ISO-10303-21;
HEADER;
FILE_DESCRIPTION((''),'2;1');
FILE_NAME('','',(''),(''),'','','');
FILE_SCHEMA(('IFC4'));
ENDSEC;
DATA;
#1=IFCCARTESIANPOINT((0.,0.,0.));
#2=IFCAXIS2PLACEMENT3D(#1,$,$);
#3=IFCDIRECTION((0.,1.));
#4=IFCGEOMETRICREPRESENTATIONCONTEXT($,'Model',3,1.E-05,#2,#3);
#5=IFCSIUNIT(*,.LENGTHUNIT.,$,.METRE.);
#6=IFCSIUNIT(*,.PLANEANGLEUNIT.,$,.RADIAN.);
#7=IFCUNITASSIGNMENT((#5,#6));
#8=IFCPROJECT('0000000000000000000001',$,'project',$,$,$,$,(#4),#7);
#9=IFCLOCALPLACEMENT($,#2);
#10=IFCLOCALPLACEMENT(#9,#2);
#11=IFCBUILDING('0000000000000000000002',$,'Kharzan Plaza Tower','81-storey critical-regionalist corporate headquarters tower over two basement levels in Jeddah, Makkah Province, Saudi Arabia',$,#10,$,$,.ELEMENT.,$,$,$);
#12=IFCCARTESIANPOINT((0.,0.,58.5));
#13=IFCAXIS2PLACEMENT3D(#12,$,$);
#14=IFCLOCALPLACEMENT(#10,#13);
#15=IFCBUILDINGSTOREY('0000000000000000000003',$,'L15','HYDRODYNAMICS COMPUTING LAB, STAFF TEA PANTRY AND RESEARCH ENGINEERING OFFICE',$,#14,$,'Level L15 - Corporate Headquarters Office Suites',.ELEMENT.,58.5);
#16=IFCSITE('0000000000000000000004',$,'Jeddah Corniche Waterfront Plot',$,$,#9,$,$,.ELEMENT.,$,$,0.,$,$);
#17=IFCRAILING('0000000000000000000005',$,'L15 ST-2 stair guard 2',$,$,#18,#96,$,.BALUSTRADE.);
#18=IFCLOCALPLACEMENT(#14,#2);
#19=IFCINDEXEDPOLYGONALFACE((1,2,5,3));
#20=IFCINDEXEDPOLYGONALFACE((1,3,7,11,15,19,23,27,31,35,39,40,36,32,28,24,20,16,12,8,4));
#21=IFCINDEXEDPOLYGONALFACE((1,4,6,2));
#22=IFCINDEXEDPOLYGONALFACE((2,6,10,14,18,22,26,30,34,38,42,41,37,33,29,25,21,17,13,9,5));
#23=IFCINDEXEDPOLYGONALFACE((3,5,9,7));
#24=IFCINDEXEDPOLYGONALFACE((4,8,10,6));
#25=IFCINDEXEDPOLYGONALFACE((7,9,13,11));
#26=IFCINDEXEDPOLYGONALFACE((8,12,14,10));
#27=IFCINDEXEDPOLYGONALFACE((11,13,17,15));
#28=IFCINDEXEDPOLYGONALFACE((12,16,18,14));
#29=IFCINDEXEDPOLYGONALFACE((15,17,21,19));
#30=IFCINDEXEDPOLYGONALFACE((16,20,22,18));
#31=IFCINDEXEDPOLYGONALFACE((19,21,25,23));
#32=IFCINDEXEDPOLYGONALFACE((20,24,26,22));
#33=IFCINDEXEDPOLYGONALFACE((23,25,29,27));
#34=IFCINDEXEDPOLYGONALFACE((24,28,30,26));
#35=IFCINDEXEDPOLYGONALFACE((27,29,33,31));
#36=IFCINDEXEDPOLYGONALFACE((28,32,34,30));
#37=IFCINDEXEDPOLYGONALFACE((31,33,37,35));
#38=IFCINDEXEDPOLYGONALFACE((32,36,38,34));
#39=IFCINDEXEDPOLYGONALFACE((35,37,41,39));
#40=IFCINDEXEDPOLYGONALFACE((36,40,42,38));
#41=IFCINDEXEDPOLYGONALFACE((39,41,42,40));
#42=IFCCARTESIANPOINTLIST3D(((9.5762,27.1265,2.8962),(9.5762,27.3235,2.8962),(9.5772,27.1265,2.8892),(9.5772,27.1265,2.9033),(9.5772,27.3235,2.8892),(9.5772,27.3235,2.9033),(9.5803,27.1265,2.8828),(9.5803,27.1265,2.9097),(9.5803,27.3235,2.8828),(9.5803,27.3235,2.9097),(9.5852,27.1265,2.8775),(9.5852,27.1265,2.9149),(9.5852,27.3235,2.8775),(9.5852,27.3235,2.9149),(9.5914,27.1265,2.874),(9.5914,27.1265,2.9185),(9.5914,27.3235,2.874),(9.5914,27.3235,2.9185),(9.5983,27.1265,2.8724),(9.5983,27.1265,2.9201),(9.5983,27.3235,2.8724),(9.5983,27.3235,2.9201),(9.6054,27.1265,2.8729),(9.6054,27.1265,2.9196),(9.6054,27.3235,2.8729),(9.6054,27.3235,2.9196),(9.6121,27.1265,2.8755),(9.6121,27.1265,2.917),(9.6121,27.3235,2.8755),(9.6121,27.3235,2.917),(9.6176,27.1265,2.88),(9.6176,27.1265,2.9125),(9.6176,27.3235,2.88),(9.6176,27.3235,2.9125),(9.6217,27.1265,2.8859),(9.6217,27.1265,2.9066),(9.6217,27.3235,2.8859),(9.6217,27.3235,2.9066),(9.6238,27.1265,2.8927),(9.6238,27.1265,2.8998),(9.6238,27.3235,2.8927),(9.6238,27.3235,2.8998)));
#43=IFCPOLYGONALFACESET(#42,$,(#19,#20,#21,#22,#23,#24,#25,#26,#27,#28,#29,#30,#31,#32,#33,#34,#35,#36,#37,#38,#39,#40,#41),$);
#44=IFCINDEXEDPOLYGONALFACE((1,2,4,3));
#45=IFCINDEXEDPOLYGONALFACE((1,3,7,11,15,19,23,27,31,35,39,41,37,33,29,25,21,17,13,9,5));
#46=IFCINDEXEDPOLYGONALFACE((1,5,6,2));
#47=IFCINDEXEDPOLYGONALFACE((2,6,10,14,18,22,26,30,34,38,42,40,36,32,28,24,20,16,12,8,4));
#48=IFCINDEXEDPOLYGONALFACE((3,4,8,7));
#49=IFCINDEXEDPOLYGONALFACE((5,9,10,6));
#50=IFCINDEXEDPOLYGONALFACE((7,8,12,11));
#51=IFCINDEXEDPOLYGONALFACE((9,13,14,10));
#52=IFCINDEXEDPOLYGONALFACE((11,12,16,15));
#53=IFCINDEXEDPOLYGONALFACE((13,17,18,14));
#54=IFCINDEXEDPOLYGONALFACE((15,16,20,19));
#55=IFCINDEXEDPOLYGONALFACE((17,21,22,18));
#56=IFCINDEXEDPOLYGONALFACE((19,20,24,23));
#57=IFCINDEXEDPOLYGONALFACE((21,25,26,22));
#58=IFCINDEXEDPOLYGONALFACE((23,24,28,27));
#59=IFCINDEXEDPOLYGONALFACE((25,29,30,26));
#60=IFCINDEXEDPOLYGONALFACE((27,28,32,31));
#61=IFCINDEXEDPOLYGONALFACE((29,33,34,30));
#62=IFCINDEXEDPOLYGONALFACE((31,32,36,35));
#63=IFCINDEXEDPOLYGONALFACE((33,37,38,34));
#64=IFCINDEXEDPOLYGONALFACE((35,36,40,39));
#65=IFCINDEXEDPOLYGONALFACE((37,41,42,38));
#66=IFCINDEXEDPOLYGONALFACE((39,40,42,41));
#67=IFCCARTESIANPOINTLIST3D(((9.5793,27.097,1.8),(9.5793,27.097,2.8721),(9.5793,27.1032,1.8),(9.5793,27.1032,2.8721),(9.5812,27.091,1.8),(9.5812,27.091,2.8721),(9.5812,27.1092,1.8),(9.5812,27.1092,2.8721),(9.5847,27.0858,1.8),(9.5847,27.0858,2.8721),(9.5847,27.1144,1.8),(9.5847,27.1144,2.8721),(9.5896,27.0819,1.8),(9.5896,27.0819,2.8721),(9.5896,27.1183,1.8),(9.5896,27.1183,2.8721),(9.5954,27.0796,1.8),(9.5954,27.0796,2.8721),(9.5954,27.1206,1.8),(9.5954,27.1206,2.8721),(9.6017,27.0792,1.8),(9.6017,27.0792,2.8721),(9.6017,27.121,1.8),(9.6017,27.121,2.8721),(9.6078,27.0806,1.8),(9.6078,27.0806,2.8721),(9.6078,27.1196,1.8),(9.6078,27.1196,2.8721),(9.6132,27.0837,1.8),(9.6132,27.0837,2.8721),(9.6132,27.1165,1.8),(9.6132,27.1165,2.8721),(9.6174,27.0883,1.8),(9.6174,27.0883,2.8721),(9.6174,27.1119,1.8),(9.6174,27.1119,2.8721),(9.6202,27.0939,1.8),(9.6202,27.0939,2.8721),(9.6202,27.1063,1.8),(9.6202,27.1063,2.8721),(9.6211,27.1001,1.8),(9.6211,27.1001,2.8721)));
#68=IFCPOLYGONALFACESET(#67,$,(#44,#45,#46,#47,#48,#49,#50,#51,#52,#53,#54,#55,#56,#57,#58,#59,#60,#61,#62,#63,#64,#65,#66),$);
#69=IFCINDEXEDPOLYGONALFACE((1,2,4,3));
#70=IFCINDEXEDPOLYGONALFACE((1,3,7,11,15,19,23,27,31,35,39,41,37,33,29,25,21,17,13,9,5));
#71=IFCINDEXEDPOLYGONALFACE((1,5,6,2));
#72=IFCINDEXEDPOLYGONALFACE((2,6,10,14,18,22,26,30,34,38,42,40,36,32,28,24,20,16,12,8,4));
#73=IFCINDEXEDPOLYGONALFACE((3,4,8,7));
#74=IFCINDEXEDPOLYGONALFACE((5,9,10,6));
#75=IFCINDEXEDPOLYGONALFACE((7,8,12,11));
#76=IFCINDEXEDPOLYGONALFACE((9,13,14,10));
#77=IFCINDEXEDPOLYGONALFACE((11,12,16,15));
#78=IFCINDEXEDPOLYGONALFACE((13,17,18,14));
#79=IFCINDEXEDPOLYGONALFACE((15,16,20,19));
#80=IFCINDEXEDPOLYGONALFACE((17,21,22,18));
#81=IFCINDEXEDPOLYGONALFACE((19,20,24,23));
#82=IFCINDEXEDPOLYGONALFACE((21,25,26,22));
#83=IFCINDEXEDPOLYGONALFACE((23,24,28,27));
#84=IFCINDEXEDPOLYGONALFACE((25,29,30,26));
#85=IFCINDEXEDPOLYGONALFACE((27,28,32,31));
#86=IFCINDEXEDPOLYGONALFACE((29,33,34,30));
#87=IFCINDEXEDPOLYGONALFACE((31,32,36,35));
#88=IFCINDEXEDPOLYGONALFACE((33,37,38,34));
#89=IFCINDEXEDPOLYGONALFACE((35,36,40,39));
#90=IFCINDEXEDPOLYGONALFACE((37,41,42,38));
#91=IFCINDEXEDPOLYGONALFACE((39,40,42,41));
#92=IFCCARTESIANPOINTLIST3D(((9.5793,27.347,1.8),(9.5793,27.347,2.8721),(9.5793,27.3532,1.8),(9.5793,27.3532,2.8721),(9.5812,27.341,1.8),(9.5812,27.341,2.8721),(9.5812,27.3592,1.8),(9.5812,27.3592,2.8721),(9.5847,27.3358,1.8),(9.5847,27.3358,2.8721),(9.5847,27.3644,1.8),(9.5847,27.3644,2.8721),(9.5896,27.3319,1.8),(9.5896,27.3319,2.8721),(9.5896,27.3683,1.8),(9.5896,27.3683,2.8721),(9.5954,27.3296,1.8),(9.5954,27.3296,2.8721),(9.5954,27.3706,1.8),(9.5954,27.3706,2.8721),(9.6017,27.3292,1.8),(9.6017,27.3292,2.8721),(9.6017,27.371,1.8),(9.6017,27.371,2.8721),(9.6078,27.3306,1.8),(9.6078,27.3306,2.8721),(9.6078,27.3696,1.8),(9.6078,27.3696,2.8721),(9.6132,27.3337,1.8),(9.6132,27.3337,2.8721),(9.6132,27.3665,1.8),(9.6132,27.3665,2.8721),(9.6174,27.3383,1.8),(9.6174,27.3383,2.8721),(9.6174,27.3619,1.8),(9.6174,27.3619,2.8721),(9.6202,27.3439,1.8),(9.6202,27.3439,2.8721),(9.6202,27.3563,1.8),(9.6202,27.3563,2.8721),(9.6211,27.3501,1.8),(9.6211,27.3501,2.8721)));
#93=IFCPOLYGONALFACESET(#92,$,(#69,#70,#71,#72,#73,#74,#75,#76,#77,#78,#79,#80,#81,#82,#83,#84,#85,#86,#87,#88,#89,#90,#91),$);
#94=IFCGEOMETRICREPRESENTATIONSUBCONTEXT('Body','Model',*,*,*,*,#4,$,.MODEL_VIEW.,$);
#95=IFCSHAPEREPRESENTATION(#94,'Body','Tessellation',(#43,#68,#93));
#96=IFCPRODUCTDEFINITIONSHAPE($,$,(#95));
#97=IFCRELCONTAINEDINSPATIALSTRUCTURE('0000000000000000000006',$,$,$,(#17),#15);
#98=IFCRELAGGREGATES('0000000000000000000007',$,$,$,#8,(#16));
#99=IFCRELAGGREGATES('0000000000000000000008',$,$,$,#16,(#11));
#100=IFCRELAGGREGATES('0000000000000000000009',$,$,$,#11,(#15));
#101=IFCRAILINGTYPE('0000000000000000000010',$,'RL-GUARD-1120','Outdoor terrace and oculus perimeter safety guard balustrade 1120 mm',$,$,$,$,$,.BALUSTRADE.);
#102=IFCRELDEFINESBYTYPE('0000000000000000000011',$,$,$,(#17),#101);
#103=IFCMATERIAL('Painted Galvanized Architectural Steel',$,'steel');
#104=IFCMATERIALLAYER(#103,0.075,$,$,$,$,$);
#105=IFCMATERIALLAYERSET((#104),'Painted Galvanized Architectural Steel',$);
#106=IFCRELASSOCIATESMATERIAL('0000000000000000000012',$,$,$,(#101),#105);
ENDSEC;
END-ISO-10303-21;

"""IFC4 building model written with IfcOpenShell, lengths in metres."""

from ifc_helpers import new_model, si_unit, direction, frame, origin, origin_2d, place, context, subcontext, project, spatial, circle, extrude, source, transform, mapped, material, layer, layer_set, type_object, element, save


model = new_model("IFC4")

# Units and contexts
model_context = context("Model", 3, precision=1e-05, world=origin(), true_north=direction((0.0, 1.0)))
body_context = subcontext(model_context, "Body", "Model", "MODEL_VIEW")
ifc_project = project(units=[si_unit("LENGTHUNIT", "METRE"), si_unit("PLANEANGLEUNIT", "RADIAN")], contexts=[model_context])

# Site, building, storey
site_placement = place(None, origin())
site = spatial("IfcSite", under=ifc_project, at=site_placement, Name="Jeddah Corniche Waterfront Plot", CompositionType="ELEMENT", RefElevation=0.0)
building_placement = place(site_placement, origin())
building = spatial("IfcBuilding", under=site, at=building_placement, Name="Kharzan Plaza Tower", Description="81-storey critical-regionalist corporate headquarters tower over two basement levels in Jeddah, Makkah Province, Saudi Arabia", CompositionType="ELEMENT")
storey_placement = place(building_placement, frame((0.0, 0.0, 58.5)))
storey = spatial("IfcBuildingStorey", under=building, at=storey_placement, Name="L15", Description="HYDRODYNAMICS COMPUTING LAB, STAFF TEA PANTRY AND RESEARCH ENGINEERING OFFICE", LongName="Level L15 - Corporate Headquarters Office Suites", CompositionType="ELEMENT", Elevation=58.5)

# Railing
ifc_material_1 = material(Name="Painted Galvanized Architectural Steel", Category="steel")
ifc_layer_1 = layer(ifc_material_1, 0.075)
ifc_layer_set_1 = layer_set([ifc_layer_1], Name="Painted Galvanized Architectural Steel")
railing_type_1 = type_object("IfcRailingType", Name="RL-GUARD-1120", Description="Outdoor terrace and oculus perimeter safety guard balustrade 1120 mm", PredefinedType="BALUSTRADE", material=ifc_layer_set_1)
shared_shape_1 = source(origin(), body_context, "Body", "SweptSolid", [
    extrude(circle(Radius=0.0239, at=origin_2d()), frame((0.0, 0.0264, 1.0962), z_axis=(0.0, 1.0, 0.0), x_axis=(-1.0, 0.0, 0.0)), (0.0, 0.0, 1.0), 0.197),
    extrude(circle(Radius=0.021, at=origin_2d()), origin(), (0.0, 0.0, 1.0), 1.072),
    extrude(circle(Radius=0.021, at=origin_2d()), frame((0.0, 0.25, 0.0)), (0.0, 0.0, 1.0), 1.072),
])
railing_1_placement = place(storey_placement, frame((9.6001, 27.1001, 1.8)))
element("IfcRailing", 1, at=railing_1_placement, inside=storey, type_object=railing_type_1, Name="L15 ST-2 stair guard 2", PredefinedType="BALUSTRADE", context=body_context, shape_type="MappedRepresentation", body=[
    mapped(shared_shape_1, transform((0.0, 0.0, 0.0), x_axis=(1.0, 0.0, 0.0), y_axis=(0.0, 1.0, 0.0), z_axis=(0.0, 0.0, 1.0))),
])

save(model, "model.ifc")
